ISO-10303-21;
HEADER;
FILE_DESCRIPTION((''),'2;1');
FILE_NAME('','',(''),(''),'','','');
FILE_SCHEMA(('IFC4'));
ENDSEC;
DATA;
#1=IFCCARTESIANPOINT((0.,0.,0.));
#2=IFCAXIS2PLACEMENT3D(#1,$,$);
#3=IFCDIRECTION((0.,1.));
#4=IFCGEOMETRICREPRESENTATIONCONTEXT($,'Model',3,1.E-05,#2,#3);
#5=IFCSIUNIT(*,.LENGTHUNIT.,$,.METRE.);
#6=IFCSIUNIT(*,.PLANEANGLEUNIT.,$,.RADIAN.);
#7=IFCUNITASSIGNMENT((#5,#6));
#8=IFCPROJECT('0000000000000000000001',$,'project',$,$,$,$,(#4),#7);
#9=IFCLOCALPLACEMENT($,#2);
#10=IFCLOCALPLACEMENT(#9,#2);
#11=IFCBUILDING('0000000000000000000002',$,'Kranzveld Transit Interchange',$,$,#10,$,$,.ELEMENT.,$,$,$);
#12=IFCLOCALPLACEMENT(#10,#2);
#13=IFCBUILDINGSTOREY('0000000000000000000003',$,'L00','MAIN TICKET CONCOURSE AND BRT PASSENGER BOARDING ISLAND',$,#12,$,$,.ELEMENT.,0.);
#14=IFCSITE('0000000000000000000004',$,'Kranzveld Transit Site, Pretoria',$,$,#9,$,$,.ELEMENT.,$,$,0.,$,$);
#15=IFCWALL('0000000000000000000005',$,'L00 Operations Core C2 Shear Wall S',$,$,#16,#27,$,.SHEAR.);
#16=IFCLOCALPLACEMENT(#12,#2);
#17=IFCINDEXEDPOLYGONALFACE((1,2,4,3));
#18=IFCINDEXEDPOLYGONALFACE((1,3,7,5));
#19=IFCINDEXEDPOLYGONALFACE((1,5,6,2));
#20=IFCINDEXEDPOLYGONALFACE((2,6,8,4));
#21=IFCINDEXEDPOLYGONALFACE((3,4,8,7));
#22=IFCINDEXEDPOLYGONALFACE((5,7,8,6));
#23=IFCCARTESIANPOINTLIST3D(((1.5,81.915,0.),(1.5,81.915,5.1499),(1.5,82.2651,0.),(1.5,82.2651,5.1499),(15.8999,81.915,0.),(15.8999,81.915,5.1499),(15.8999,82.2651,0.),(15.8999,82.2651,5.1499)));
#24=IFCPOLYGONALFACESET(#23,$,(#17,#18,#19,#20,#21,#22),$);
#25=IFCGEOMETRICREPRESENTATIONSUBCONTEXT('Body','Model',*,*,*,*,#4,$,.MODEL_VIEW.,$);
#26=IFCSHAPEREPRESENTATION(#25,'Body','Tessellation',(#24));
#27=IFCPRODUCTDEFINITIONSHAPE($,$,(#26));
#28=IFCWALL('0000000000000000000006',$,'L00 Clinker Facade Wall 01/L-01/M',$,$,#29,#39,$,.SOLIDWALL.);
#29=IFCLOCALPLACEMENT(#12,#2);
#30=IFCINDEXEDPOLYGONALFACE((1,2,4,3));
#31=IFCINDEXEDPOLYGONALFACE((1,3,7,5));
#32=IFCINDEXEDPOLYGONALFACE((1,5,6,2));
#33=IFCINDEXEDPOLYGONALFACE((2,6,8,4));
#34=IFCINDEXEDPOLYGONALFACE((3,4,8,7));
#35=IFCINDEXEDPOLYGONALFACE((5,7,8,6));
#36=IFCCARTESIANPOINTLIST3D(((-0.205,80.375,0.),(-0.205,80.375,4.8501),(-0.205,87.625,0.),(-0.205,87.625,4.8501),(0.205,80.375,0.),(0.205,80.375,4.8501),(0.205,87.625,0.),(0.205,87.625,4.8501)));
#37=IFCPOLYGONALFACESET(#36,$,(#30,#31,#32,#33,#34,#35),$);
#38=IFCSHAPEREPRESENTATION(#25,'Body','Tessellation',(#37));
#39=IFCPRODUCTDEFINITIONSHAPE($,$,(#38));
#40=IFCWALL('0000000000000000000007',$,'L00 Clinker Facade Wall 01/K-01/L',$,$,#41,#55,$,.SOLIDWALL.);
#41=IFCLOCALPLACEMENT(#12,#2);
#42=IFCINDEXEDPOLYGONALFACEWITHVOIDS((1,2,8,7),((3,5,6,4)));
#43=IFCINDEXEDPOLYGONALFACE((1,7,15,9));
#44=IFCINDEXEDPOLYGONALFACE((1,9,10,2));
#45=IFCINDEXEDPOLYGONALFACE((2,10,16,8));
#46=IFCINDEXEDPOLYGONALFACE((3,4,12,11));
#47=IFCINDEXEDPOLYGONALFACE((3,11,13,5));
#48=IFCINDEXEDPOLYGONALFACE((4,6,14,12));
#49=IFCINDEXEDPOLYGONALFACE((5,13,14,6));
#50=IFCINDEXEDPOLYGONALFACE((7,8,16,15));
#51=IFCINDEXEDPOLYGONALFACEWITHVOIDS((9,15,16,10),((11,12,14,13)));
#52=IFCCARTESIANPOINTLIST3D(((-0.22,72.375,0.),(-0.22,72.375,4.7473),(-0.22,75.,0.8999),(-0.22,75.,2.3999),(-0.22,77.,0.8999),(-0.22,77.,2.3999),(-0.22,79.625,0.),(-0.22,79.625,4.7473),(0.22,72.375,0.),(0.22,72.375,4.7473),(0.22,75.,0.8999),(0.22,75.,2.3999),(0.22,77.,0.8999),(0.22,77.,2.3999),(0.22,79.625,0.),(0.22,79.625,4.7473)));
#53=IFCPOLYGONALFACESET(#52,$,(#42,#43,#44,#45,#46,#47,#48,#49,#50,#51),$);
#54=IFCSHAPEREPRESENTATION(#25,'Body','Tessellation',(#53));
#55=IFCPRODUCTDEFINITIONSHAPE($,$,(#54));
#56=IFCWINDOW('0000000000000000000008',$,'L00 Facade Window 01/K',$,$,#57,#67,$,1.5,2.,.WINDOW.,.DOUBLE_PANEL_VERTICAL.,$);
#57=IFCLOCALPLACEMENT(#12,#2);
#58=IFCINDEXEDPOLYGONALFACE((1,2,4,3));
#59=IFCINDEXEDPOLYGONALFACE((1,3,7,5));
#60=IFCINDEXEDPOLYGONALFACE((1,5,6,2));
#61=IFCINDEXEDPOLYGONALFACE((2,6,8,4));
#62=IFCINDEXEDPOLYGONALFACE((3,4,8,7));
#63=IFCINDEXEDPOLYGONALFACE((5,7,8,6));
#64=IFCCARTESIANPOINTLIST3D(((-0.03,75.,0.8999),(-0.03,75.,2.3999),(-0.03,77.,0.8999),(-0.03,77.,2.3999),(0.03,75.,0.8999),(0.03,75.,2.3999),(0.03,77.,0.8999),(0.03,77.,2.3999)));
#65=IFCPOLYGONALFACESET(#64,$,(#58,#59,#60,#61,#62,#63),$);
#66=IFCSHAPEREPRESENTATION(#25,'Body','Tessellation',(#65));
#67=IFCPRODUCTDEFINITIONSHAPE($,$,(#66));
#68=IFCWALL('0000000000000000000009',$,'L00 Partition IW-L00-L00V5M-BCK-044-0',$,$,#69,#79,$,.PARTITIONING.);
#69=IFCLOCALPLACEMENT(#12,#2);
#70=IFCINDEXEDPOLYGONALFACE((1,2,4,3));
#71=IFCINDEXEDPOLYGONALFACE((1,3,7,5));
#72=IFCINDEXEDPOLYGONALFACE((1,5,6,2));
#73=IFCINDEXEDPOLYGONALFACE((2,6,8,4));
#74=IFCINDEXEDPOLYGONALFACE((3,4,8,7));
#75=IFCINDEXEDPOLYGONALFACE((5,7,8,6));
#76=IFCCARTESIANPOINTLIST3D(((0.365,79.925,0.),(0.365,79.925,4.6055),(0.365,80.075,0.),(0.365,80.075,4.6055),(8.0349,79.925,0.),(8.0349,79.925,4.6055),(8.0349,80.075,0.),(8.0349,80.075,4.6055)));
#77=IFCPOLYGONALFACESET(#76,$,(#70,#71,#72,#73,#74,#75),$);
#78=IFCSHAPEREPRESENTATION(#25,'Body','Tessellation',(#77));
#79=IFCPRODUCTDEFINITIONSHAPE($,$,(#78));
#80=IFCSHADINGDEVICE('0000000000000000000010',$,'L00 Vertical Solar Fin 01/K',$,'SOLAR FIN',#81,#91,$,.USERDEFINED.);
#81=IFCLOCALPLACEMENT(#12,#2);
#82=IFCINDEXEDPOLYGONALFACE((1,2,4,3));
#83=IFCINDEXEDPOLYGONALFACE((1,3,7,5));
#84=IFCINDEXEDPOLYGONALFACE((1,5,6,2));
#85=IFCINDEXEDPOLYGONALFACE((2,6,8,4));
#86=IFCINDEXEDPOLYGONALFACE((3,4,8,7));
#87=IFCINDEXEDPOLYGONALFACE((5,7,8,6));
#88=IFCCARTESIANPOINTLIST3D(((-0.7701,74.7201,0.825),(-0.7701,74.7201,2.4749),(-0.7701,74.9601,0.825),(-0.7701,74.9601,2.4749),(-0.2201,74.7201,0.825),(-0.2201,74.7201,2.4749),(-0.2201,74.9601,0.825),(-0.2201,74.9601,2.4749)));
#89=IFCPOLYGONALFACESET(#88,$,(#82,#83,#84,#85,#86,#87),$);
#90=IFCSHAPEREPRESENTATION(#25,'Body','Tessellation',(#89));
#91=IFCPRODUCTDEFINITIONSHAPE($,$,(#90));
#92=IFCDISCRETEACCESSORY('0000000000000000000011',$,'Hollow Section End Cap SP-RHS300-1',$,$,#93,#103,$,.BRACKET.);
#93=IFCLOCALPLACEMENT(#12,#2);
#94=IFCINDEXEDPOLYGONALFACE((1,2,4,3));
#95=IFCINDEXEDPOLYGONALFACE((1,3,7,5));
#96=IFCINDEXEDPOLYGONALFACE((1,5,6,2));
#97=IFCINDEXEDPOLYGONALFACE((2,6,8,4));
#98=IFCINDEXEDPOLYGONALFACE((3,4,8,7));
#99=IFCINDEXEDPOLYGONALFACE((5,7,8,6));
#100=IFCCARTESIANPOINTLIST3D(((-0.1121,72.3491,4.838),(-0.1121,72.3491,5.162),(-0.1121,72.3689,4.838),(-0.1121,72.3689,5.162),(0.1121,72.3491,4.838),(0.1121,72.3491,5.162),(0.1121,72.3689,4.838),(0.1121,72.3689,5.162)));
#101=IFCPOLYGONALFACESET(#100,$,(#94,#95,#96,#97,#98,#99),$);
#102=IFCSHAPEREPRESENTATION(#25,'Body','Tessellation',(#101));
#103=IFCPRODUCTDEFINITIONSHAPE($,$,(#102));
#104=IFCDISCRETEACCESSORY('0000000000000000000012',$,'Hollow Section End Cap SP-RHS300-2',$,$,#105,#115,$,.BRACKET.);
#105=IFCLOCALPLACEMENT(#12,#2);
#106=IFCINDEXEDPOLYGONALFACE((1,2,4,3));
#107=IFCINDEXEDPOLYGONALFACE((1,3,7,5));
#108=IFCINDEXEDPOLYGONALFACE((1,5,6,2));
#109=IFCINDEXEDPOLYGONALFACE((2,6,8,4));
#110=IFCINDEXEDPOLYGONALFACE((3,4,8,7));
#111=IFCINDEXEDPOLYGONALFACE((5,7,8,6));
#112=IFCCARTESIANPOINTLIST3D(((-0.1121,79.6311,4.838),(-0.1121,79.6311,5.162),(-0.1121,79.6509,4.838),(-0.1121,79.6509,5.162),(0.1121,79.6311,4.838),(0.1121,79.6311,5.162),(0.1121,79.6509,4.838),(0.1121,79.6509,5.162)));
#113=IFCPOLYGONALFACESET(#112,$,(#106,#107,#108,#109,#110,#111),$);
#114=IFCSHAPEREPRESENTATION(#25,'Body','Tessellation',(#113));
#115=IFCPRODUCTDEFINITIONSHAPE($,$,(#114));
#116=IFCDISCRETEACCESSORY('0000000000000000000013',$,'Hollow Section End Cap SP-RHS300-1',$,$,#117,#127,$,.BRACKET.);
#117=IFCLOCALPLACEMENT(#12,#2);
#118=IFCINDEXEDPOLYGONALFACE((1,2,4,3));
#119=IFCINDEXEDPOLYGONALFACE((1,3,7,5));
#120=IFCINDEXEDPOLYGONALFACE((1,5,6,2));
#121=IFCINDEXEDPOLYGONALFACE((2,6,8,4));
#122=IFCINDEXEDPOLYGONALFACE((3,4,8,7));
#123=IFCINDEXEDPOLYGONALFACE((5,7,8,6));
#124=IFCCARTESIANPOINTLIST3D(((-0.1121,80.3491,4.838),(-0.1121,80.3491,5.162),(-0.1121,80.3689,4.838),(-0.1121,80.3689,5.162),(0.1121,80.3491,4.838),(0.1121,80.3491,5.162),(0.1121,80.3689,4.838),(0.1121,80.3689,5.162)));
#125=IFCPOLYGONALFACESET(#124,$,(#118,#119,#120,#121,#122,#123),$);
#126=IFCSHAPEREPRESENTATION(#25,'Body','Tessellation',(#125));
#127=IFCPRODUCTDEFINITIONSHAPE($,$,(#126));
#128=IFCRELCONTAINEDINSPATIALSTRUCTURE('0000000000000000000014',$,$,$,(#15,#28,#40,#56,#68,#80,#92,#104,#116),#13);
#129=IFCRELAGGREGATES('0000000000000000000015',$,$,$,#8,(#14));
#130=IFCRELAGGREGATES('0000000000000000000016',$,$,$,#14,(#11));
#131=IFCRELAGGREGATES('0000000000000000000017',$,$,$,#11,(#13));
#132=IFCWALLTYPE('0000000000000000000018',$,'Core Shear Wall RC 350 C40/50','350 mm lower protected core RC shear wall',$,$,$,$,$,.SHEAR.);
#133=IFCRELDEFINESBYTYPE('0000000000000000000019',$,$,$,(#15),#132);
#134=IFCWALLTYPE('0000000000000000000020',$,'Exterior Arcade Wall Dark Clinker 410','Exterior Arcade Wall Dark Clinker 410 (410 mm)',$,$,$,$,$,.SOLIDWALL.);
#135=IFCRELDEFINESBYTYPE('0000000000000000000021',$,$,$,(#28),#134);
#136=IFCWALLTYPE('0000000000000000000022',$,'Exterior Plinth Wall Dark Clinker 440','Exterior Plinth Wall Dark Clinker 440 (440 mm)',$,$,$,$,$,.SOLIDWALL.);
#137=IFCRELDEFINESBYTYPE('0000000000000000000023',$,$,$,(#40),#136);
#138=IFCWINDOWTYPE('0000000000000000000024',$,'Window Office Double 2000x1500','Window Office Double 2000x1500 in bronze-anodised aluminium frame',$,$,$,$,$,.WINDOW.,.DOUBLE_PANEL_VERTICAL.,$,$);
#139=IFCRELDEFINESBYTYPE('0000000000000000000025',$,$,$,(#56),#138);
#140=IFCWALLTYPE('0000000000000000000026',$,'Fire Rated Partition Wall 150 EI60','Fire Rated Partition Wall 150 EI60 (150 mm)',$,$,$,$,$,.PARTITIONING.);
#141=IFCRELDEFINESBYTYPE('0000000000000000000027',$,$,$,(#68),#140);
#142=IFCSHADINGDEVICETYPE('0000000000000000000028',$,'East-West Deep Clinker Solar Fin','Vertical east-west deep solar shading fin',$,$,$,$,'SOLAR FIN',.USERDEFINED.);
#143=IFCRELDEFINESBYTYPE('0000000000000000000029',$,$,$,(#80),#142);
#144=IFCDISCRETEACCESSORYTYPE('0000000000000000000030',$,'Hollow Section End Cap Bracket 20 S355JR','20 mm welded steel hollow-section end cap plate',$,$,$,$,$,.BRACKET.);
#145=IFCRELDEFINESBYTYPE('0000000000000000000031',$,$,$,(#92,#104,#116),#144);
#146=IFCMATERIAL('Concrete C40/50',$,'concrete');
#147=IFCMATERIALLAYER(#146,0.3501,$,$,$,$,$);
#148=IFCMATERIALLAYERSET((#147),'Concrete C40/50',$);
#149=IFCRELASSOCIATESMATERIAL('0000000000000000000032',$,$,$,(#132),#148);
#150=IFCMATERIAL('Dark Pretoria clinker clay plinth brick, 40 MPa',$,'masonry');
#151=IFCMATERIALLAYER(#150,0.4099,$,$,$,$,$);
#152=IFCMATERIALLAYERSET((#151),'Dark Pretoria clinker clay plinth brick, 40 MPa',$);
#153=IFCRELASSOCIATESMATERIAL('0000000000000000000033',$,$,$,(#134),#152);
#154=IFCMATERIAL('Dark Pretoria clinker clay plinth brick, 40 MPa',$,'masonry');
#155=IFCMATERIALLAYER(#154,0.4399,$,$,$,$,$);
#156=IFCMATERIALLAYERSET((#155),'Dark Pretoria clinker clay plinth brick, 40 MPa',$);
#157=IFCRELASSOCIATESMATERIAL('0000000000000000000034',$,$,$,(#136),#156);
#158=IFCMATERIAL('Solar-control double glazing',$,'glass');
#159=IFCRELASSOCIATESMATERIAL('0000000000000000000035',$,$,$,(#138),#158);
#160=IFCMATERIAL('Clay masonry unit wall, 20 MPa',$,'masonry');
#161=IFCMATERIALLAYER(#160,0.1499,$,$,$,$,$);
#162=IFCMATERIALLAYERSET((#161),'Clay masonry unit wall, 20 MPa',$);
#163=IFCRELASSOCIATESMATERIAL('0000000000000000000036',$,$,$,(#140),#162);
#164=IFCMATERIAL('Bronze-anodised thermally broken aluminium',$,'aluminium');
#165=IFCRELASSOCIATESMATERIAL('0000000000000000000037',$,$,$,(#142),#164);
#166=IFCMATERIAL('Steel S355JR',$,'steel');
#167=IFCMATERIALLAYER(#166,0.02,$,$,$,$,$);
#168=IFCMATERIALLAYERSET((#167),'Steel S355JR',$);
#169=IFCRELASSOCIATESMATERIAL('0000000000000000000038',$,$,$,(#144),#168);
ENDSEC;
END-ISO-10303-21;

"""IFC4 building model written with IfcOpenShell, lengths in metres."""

from ifc_helpers import new_model, si_unit, direction, frame, frame_2d, origin, origin_2d, place, context, subcontext, project, spatial, rectangle, extrude, material, layer, layer_set, type_object, element, fill, save


model = new_model("IFC4")

# Units and contexts
model_context = context("Model", 3, precision=1e-05, world=origin(), true_north=direction((0.0, 1.0)))
body_context = subcontext(model_context, "Body", "Model", "MODEL_VIEW")
ifc_project = project(units=[si_unit("LENGTHUNIT", "METRE"), si_unit("PLANEANGLEUNIT", "RADIAN")], contexts=[model_context])

# Site, building, storey
site_placement = place(None, origin())
site = spatial("IfcSite", under=ifc_project, at=site_placement, Name="Kranzveld Transit Site, Pretoria", CompositionType="ELEMENT", RefElevation=0.0)
building_placement = place(site_placement, origin())
building = spatial("IfcBuilding", under=site, at=building_placement, Name="Kranzveld Transit Interchange", CompositionType="ELEMENT")
storey_placement = place(building_placement, origin())
storey = spatial("IfcBuildingStorey", under=building, at=storey_placement, Name="L00", Description="MAIN TICKET CONCOURSE AND BRT PASSENGER BOARDING ISLAND", CompositionType="ELEMENT", Elevation=0.0)

# Walls
ifc_material_1 = material(Name="Concrete C40/50", Category="concrete")
ifc_layer_1 = layer(ifc_material_1, 0.3501)
ifc_layer_set_1 = layer_set([ifc_layer_1], Name="Concrete C40/50")
wall_type_1 = type_object("IfcWallType", Name="Core Shear Wall RC 350 C40/50", Description="350 mm lower protected core RC shear wall", PredefinedType="SHEAR", material=ifc_layer_set_1)
wall_1_placement = place(storey_placement, frame((1.5, 82.0901, 0.0), z_axis=(0.0, 0.0, 1.0), x_axis=(1.0, 0.0, 0.0)))
element("IfcWall", 1, at=wall_1_placement, inside=storey, type_object=wall_type_1, Name="L00 Operations Core C2 Shear Wall S", PredefinedType="SHEAR", context=body_context, shape_type="SweptSolid", body=[
    extrude(rectangle(XDim=14.3999, YDim=0.3501, at=frame_2d((7.2, 0.0))), origin(), (0.0, 0.0, 1.0), 5.1499),
])
ifc_material_2 = material(Name="Dark Pretoria clinker clay plinth brick, 40 MPa", Category="masonry")
ifc_layer_2 = layer(ifc_material_2, 0.4099)
ifc_layer_set_2 = layer_set([ifc_layer_2], Name="Dark Pretoria clinker clay plinth brick, 40 MPa")
wall_type_2 = type_object("IfcWallType", Name="Exterior Arcade Wall Dark Clinker 410", Description="Exterior Arcade Wall Dark Clinker 410 (410 mm)", PredefinedType="SOLIDWALL", material=ifc_layer_set_2)
wall_2_placement = place(storey_placement, frame((0.0, 80.375, 0.0), z_axis=(0.0, 0.0, 1.0), x_axis=(0.0, 1.0, 0.0)))
element("IfcWall", 2, at=wall_2_placement, inside=storey, type_object=wall_type_2, Name="L00 Clinker Facade Wall 01/L-01/M", PredefinedType="SOLIDWALL", context=body_context, shape_type="SweptSolid", body=[
    extrude(rectangle(XDim=7.25, YDim=0.4099, at=frame_2d((3.625, 0.0))), origin(), (0.0, 0.0, 1.0), 4.8501),
])

# Wall, opening, window
ifc_material_3 = material(Name="Dark Pretoria clinker clay plinth brick, 40 MPa", Category="masonry")
ifc_layer_3 = layer(ifc_material_3, 0.4399)
ifc_layer_set_3 = layer_set([ifc_layer_3], Name="Dark Pretoria clinker clay plinth brick, 40 MPa")
wall_type_3 = type_object("IfcWallType", Name="Exterior Plinth Wall Dark Clinker 440", Description="Exterior Plinth Wall Dark Clinker 440 (440 mm)", PredefinedType="SOLIDWALL", material=ifc_layer_set_3)
wall_3_placement = place(storey_placement, frame((0.0, 72.375, 0.0), z_axis=(0.0, 0.0, 1.0), x_axis=(0.0, 1.0, 0.0)))
wall_3 = element("IfcWall", 3, at=wall_3_placement, inside=storey, type_object=wall_type_3, Name="L00 Clinker Facade Wall 01/K-01/L", PredefinedType="SOLIDWALL", context=body_context, shape_type="SweptSolid", body=[
    extrude(rectangle(XDim=7.25, YDim=0.4399, at=frame_2d((3.625, 0.0))), origin(), (0.0, 0.0, 1.0), 4.7473),
])
opening_placement = place(wall_3_placement, frame((2.625, 0.0, 0.8999), z_axis=(0.0, 0.0, 1.0), x_axis=(1.0, 0.0, 0.0)))
opening = element("IfcOpeningElement", 4, at=opening_placement, cuts=wall_3, PredefinedType="OPENING", context=body_context, shape_type="SweptSolid", body=[
    extrude(rectangle(XDim=2.0, YDim=1.5, at=frame_2d((1.0, 0.75))), frame((0.0, 0.23, 0.0), z_axis=(0.0, -1.0, 0.0), x_axis=(1.0, 0.0, 0.0)), (0.0, 0.0, 1.0), 0.46),
])
ifc_material_4 = material(Name="Solar-control double glazing", Category="glass")
window_type = type_object("IfcWindowType", Name="Window Office Double 2000x1500", Description="Window Office Double 2000x1500 in bronze-anodised aluminium frame", PartitioningType="DOUBLE_PANEL_VERTICAL", PredefinedType="WINDOW", material=ifc_material_4)
window_placement = place(opening_placement, origin())
window = element("IfcWindow", 5, at=window_placement, inside=storey, type_object=window_type, Name="L00 Facade Window 01/K", OverallHeight=1.5, OverallWidth=2.0, PartitioningType="DOUBLE_PANEL_VERTICAL", PredefinedType="WINDOW", context=body_context, shape_type="SweptSolid", body=[
    extrude(rectangle(XDim=2.0, YDim=1.5, at=frame_2d((1.0, 0.75))), frame((0.0, 0.03, 0.0), z_axis=(0.0, -1.0, 0.0), x_axis=(1.0, 0.0, 0.0)), (0.0, 0.0, 1.0), 0.0601),
])
fill(opening, window)

# Wall
ifc_material_5 = material(Name="Clay masonry unit wall, 20 MPa", Category="masonry")
ifc_layer_4 = layer(ifc_material_5, 0.1499)
ifc_layer_set_4 = layer_set([ifc_layer_4], Name="Clay masonry unit wall, 20 MPa")
wall_type_4 = type_object("IfcWallType", Name="Fire Rated Partition Wall 150 EI60", Description="Fire Rated Partition Wall 150 EI60 (150 mm)", PredefinedType="PARTITIONING", material=ifc_layer_set_4)
wall_4_placement = place(storey_placement, frame((0.365, 80.0, 0.0), z_axis=(0.0, 0.0, 1.0), x_axis=(1.0, 0.0, 0.0)))
element("IfcWall", 6, at=wall_4_placement, inside=storey, type_object=wall_type_4, Name="L00 Partition IW-L00-L00V5M-BCK-044-0", PredefinedType="PARTITIONING", context=body_context, shape_type="SweptSolid", body=[
    extrude(rectangle(XDim=7.6699, YDim=0.1499, at=frame_2d((3.835, 0.0))), origin(), (0.0, 0.0, 1.0), 4.6055),
])

# Shading device
ifc_material_6 = material(Name="Bronze-anodised thermally broken aluminium", Category="aluminium")
shading_device_type = type_object("IfcShadingDeviceType", Name="East-West Deep Clinker Solar Fin", Description="Vertical east-west deep solar shading fin", ElementType="SOLAR FIN", PredefinedType="USERDEFINED", material=ifc_material_6)
shading_device_placement = place(storey_placement, frame((-0.4951, 74.8401, 0.825), z_axis=(0.0, 0.0, 1.0), x_axis=(0.0, 1.0, 0.0)))
element("IfcShadingDevice", 7, at=shading_device_placement, inside=storey, type_object=shading_device_type, Name="L00 Vertical Solar Fin 01/K", ObjectType="SOLAR FIN", PredefinedType="USERDEFINED", context=body_context, shape_type="SweptSolid", body=[
    extrude(rectangle(XDim=0.24, YDim=0.55, at=origin_2d()), origin(), (0.0, 0.0, 1.0), 1.6499),
])

# Discrete accessories
ifc_material_7 = material(Name="Steel S355JR", Category="steel")
ifc_layer_5 = layer(ifc_material_7, 0.02)
ifc_layer_set_5 = layer_set([ifc_layer_5], Name="Steel S355JR")
discrete_accessory_type = type_object("IfcDiscreteAccessoryType", Name="Hollow Section End Cap Bracket 20 S355JR", Description="20 mm welded steel hollow-section end cap plate", PredefinedType="BRACKET", material=ifc_layer_set_5)
for number, where, z_axis, x_axis, name in (
    (8, (0.0, 72.3689, 5.0), (0.0, -1.0, 0.0), (1.0, 0.0, 0.0), "Hollow Section End Cap SP-RHS300-1"),
    (9, (0.0, 79.6311, 5.0), (0.0, 1.0, 0.0), (-1.0, 0.0, 0.0), "Hollow Section End Cap SP-RHS300-2"),
    (10, (0.0, 80.3689, 5.0), (0.0, -1.0, 0.0), (1.0, 0.0, 0.0), "Hollow Section End Cap SP-RHS300-1"),
):
    element("IfcDiscreteAccessory", number, at=place(storey_placement, frame(where, z_axis=z_axis, x_axis=x_axis)), inside=storey, type_object=discrete_accessory_type, Name=name, PredefinedType="BRACKET", context=body_context, shape_type="SweptSolid", body=[
        extrude(rectangle(XDim=0.2241, YDim=0.324, at=origin_2d()), origin(), (0.0, 0.0, 1.0), 0.0198),
    ])

save(model, "model.ifc")
